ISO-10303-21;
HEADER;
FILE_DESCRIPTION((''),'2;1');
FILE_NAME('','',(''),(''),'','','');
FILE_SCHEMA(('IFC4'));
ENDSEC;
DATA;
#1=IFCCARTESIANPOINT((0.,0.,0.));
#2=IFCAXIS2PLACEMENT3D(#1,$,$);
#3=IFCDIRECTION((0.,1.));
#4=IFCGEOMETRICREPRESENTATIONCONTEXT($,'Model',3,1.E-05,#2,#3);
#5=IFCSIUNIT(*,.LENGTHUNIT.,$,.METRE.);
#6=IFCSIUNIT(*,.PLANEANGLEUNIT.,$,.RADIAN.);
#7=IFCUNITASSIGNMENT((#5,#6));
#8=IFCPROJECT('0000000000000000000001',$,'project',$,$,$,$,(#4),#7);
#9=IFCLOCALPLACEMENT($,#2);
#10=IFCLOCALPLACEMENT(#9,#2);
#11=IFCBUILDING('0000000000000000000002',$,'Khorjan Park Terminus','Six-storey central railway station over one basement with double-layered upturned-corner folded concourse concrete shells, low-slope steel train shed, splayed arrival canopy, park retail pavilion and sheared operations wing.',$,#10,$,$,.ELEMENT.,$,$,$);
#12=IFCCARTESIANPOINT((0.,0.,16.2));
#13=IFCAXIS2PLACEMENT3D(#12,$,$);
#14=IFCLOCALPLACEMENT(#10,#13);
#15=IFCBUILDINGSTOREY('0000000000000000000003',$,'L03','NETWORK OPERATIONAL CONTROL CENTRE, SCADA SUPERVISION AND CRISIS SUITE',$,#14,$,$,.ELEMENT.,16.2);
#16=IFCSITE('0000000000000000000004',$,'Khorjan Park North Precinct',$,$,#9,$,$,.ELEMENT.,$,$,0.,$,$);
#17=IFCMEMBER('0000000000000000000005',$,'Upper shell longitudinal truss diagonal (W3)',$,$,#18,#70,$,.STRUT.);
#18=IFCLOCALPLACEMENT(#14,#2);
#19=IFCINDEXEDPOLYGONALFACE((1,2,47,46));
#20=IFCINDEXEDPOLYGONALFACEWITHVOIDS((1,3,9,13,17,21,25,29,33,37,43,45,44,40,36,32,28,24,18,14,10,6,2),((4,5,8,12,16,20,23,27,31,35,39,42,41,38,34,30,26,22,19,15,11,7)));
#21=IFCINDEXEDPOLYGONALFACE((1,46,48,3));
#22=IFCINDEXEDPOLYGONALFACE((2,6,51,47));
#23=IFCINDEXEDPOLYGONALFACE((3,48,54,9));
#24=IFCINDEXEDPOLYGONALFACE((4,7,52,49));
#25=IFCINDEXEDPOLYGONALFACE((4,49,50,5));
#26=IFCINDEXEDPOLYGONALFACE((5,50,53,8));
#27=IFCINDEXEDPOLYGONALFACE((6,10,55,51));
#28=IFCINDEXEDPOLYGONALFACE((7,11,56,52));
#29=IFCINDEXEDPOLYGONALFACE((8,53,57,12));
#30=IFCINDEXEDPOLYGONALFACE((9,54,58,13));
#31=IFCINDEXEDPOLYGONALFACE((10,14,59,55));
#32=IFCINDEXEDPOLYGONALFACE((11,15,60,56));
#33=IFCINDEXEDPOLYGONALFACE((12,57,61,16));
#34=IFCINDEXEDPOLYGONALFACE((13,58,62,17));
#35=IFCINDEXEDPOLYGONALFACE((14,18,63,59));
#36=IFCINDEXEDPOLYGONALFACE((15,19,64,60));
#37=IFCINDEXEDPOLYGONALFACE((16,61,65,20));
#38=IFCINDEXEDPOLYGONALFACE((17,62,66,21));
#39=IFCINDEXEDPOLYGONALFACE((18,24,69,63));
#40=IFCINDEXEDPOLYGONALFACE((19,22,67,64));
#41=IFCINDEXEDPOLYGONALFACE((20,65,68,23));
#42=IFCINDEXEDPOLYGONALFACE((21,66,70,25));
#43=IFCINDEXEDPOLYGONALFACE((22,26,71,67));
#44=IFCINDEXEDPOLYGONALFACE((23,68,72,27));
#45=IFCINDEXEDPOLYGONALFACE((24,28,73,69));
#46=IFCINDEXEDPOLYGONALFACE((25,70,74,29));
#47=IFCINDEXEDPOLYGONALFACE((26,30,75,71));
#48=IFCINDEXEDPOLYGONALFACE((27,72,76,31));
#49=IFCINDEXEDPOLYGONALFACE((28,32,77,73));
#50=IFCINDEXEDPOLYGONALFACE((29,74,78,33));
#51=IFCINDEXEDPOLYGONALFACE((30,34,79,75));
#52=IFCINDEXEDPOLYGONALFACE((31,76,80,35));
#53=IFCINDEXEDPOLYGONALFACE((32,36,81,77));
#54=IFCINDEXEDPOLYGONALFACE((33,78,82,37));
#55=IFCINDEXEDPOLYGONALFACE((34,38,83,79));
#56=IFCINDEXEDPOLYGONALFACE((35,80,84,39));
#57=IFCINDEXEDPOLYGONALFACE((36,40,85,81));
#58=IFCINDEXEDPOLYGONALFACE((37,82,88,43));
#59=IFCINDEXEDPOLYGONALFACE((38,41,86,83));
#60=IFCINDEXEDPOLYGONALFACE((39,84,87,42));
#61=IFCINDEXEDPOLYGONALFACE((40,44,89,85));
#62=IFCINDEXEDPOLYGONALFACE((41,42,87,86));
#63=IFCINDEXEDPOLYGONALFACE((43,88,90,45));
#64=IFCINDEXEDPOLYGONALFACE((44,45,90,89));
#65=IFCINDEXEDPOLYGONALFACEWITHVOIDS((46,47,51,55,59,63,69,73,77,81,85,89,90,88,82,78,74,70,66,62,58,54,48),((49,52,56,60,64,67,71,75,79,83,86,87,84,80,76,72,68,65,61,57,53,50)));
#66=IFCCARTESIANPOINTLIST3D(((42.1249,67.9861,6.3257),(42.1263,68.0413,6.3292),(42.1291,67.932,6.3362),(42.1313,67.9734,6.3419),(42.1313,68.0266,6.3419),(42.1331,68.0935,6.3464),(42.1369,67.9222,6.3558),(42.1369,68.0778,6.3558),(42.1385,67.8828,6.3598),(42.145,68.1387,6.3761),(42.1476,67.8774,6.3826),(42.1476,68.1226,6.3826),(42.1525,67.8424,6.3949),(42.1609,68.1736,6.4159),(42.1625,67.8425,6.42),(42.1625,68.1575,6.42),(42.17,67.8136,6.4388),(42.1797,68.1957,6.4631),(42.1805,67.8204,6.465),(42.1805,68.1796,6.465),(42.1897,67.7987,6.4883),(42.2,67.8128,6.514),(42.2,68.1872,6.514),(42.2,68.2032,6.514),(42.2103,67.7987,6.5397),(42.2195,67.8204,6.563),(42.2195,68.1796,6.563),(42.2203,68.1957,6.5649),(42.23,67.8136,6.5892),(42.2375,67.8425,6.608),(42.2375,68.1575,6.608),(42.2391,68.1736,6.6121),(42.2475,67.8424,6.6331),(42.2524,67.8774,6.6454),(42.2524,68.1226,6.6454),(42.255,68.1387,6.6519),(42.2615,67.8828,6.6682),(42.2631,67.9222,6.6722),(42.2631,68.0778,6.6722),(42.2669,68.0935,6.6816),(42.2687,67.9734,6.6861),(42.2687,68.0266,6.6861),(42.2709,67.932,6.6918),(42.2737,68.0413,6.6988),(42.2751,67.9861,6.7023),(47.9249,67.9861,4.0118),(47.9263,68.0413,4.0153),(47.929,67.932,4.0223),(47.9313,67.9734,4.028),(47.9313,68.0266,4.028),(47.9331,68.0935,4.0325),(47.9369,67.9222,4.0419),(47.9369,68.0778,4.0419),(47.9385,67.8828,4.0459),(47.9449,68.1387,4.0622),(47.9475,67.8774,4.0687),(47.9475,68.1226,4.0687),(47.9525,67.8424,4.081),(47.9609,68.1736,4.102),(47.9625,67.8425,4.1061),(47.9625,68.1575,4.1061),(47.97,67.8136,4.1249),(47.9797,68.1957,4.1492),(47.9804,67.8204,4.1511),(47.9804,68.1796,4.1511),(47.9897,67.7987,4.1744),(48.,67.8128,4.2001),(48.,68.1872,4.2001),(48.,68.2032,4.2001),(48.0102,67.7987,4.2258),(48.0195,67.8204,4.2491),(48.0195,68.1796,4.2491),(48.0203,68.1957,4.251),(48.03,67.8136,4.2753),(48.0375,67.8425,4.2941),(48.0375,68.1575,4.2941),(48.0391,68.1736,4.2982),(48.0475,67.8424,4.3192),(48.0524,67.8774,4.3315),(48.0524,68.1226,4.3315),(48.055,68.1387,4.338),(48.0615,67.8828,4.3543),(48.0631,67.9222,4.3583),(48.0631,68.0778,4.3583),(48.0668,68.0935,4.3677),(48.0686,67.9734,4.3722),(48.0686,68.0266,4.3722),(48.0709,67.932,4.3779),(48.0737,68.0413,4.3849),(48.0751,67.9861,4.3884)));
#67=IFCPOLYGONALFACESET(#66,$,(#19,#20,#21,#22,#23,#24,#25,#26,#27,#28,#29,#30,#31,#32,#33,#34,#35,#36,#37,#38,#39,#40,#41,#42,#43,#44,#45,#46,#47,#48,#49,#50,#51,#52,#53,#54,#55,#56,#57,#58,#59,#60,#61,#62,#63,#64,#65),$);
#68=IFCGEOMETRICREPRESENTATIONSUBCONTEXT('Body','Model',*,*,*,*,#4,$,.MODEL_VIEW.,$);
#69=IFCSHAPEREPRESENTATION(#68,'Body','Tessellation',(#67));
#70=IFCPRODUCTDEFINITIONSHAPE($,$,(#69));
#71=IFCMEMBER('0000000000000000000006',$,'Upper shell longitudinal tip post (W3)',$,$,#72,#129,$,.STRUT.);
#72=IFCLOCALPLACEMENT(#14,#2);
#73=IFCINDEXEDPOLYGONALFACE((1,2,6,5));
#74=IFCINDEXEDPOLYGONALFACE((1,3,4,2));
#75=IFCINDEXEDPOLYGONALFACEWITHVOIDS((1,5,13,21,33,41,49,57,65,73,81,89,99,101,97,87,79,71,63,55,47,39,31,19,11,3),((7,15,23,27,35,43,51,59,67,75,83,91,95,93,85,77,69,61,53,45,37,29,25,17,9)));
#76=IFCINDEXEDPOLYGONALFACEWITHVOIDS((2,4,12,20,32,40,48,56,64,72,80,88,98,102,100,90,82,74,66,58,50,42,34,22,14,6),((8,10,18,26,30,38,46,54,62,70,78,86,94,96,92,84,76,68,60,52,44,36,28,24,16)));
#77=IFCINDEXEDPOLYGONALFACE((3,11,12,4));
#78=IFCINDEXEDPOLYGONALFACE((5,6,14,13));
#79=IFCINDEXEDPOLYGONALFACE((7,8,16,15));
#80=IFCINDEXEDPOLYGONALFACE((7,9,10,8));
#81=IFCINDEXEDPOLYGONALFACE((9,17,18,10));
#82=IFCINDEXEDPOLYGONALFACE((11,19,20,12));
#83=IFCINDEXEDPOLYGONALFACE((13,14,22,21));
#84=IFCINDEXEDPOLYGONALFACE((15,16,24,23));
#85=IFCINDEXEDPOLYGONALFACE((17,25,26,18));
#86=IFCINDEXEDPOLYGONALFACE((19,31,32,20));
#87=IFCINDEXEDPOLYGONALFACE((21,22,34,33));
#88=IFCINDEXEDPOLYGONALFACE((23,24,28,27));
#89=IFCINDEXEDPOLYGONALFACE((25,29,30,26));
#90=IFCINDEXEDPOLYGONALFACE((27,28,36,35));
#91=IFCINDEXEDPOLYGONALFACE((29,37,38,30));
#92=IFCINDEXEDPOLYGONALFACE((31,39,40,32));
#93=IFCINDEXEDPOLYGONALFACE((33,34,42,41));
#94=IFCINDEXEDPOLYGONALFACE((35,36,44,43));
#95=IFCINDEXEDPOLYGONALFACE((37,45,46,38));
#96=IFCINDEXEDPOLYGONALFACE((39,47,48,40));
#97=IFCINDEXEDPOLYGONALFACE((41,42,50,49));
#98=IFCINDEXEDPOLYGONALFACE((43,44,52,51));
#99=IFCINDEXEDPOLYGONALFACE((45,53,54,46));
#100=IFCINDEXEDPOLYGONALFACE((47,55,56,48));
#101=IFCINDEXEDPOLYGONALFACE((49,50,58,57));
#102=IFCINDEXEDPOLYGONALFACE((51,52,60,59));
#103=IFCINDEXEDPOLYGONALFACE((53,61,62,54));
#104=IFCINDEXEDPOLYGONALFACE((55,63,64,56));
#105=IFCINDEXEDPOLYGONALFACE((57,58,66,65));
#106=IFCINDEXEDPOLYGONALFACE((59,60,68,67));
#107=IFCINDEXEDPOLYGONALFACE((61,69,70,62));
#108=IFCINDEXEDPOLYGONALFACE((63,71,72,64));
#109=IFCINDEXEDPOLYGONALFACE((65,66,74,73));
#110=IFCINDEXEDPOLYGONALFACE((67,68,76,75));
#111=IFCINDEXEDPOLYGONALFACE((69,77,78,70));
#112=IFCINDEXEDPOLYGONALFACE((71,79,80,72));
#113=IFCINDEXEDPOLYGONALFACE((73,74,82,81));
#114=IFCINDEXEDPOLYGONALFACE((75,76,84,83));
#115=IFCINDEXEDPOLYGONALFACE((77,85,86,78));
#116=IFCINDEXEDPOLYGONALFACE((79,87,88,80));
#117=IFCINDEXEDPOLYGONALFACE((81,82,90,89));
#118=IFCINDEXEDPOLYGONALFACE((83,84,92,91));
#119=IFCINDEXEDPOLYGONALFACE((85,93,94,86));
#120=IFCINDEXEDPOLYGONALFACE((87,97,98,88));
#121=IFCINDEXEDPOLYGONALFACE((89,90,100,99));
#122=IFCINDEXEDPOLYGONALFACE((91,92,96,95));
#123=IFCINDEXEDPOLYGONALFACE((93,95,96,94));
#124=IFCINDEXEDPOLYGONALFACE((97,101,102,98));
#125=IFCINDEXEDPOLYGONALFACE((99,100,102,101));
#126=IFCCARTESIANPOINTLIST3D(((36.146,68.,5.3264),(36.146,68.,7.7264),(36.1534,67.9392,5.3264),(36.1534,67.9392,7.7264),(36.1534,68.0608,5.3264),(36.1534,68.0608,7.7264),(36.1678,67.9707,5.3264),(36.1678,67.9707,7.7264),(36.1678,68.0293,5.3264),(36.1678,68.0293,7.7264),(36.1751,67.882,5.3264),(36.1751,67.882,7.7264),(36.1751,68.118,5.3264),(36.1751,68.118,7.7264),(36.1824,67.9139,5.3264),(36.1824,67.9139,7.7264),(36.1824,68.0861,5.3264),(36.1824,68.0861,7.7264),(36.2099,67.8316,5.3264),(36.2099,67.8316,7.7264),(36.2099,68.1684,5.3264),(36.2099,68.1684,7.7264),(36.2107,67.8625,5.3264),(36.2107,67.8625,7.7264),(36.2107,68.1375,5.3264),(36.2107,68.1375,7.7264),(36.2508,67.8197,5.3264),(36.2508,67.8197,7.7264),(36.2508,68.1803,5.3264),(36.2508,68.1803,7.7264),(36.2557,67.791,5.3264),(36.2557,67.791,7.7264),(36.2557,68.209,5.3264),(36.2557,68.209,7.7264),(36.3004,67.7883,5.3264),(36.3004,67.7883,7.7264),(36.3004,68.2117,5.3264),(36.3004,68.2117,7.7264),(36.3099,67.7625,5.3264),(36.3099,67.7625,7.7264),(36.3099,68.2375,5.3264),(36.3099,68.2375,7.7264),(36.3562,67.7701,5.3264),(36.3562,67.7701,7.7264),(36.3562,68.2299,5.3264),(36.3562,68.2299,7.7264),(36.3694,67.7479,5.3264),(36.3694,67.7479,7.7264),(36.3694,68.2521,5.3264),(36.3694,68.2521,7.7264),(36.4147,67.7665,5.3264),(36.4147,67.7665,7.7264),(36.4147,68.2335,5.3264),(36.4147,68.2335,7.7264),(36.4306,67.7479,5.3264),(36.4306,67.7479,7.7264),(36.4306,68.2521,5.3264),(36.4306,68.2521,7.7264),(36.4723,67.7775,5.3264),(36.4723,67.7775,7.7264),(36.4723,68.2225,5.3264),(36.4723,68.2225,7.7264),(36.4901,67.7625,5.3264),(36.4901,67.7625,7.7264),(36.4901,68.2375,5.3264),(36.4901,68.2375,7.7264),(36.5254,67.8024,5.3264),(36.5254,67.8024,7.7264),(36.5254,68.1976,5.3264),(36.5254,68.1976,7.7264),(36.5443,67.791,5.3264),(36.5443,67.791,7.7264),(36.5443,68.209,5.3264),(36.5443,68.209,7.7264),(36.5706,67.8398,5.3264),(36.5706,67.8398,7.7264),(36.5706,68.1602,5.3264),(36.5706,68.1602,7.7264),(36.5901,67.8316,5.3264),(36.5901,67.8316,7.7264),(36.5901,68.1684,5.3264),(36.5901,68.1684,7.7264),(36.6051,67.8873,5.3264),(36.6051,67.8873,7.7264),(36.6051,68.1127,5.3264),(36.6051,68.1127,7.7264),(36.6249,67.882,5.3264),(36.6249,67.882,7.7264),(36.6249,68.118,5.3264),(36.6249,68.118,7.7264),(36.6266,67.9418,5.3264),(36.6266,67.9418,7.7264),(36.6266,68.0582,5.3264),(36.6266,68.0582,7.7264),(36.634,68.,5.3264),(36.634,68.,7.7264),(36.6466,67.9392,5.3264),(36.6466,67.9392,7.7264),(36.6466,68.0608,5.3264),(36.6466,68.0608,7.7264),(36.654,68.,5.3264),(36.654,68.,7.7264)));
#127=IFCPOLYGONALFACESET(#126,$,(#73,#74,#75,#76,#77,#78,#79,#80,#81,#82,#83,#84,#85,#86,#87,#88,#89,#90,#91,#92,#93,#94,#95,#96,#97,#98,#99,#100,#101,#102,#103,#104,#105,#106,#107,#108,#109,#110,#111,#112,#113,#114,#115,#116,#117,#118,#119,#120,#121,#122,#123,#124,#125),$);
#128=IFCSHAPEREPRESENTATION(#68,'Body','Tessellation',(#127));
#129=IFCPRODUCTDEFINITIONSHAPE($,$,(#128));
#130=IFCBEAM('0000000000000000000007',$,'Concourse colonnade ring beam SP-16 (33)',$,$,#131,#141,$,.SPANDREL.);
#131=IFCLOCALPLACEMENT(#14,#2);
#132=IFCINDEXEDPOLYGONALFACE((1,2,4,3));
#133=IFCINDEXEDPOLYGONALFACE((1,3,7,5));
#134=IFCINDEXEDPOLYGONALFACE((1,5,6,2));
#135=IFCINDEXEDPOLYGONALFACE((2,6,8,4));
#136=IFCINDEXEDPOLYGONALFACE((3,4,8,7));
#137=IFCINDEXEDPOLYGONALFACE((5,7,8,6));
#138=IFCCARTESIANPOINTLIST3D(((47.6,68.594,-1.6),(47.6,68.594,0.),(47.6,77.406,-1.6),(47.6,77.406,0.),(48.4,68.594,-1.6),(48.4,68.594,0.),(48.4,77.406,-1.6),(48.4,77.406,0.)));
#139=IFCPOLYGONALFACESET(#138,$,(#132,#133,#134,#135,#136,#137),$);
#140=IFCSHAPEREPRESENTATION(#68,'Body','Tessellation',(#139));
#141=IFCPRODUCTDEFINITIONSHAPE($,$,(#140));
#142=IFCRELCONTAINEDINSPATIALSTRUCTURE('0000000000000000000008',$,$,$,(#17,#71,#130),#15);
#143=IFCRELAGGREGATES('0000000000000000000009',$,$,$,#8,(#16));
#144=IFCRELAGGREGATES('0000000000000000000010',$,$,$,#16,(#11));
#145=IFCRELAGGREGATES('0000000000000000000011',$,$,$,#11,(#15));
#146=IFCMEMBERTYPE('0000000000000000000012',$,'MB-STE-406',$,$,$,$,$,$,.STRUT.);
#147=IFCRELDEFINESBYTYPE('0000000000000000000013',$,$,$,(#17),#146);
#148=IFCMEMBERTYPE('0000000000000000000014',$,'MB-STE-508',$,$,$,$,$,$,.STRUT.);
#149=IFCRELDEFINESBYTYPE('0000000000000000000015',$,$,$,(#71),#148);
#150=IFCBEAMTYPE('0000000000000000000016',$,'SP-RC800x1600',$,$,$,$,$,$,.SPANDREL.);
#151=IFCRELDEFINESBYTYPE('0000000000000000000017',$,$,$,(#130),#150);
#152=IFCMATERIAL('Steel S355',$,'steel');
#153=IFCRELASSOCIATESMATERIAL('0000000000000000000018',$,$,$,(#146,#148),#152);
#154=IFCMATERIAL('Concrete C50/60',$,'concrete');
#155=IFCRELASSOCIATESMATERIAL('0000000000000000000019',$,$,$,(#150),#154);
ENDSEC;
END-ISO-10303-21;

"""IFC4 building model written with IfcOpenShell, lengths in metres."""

from ifc_helpers import new_model, si_unit, direction, frame, origin, origin_2d, place, context, subcontext, project, spatial, rectangle, hollow_circle, extrude, material, material_profile, profile_set, type_object, element, save


model = new_model("IFC4")

# Units and contexts
model_context = context("Model", 3, precision=1e-05, world=origin(), true_north=direction((0.0, 1.0)))
body_context = subcontext(model_context, "Body", "Model", "MODEL_VIEW")
ifc_project = project(units=[si_unit("LENGTHUNIT", "METRE"), si_unit("PLANEANGLEUNIT", "RADIAN")], contexts=[model_context])

# Site, building, storey
site_placement = place(None, origin())
site = spatial("IfcSite", under=ifc_project, at=site_placement, Name="Khorjan Park North Precinct", CompositionType="ELEMENT", RefElevation=0.0)
building_placement = place(site_placement, origin())
building = spatial("IfcBuilding", under=site, at=building_placement, Name="Khorjan Park Terminus", Description="Six-storey central railway station over one basement with double-layered upturned-corner folded concourse concrete shells, low-slope steel train shed, splayed arrival canopy, park retail pavilion and sheared operations wing.", CompositionType="ELEMENT")
storey_placement = place(building_placement, frame((0.0, 0.0, 16.2)))
storey = spatial("IfcBuildingStorey", under=building, at=storey_placement, Name="L03", Description="NETWORK OPERATIONAL CONTROL CENTRE, SCADA SUPERVISION AND CRISIS SUITE", CompositionType="ELEMENT", Elevation=16.2)

# Shared definitions
ifc_material_1 = material(Name="Concrete C50/60", Category="concrete")

# Members
ifc_material_2 = material(Name="Steel S355", Category="steel")
ifc_material_profile_1 = material_profile(ifc_material_2, hollow_circle(Radius=0.2032, WallThickness=0.016, at=origin_2d()), Name="CHS 406.4x16")
ifc_profile_set_1 = profile_set([ifc_material_profile_1], Name="Steel S355")
member_type_1 = type_object("IfcMemberType", Name="MB-STE-406", PredefinedType="STRUT", material=ifc_profile_set_1)
member_1_placement = place(storey_placement, frame((42.2, 68.0, 6.514), z_axis=(0.928813, 0.0, -0.370548), x_axis=(0.0, 1.0, 0.0)))
element("IfcMember", 1, at=member_1_placement, inside=storey, type_object=member_type_1, Name="Upper shell longitudinal truss diagonal (W3)", PredefinedType="STRUT", context=body_context, shape_type="SweptSolid", body=[
    extrude(hollow_circle(Radius=0.2032, WallThickness=0.016, at=origin_2d()), origin(), (0.0, 0.0, 1.0), 6.2445),
])
ifc_material_profile_2 = material_profile(ifc_material_2, hollow_circle(Radius=0.254, WallThickness=0.02, at=origin_2d()), Name="CHS 508x20")
ifc_profile_set_2 = profile_set([ifc_material_profile_2], Name="Steel S355")
member_type_2 = type_object("IfcMemberType", Name="MB-STE-508", PredefinedType="STRUT", material=ifc_profile_set_2)
member_2_placement = place(storey_placement, frame((36.4, 68.0, 5.3264), z_axis=(0.0, 0.0, 1.0), x_axis=(1.0, 0.0, 0.0)))
element("IfcMember", 2, at=member_2_placement, inside=storey, type_object=member_type_2, Name="Upper shell longitudinal tip post (W3)", PredefinedType="STRUT", context=body_context, shape_type="SweptSolid", body=[
    extrude(hollow_circle(Radius=0.254, WallThickness=0.02, at=origin_2d()), origin(), (0.0, 0.0, 1.0), 2.4),
])

# Beam
ifc_material_profile_3 = material_profile(ifc_material_1, rectangle(XDim=0.8, YDim=1.6, at=origin_2d()), Name="RC 800x1600")
ifc_profile_set_3 = profile_set([ifc_material_profile_3], Name="Concrete C50/60")
beam_type_1 = type_object("IfcBeamType", Name="SP-RC800x1600", PredefinedType="SPANDREL", material=ifc_profile_set_3)
beam_1_placement = place(storey_placement, frame((48.0, 68.594, -0.8), z_axis=(0.0, 1.0, 0.0), x_axis=(-1.0, 0.0, 0.0)))
element("IfcBeam", 3, at=beam_1_placement, inside=storey, type_object=beam_type_1, Name="Concourse colonnade ring beam SP-16 (33)", PredefinedType="SPANDREL", context=body_context, shape_type="SweptSolid", body=[
    extrude(rectangle(XDim=0.8, YDim=1.6, at=origin_2d()), origin(), (0.0, 0.0, 1.0), 8.812),
])

save(model, "model.ifc")
